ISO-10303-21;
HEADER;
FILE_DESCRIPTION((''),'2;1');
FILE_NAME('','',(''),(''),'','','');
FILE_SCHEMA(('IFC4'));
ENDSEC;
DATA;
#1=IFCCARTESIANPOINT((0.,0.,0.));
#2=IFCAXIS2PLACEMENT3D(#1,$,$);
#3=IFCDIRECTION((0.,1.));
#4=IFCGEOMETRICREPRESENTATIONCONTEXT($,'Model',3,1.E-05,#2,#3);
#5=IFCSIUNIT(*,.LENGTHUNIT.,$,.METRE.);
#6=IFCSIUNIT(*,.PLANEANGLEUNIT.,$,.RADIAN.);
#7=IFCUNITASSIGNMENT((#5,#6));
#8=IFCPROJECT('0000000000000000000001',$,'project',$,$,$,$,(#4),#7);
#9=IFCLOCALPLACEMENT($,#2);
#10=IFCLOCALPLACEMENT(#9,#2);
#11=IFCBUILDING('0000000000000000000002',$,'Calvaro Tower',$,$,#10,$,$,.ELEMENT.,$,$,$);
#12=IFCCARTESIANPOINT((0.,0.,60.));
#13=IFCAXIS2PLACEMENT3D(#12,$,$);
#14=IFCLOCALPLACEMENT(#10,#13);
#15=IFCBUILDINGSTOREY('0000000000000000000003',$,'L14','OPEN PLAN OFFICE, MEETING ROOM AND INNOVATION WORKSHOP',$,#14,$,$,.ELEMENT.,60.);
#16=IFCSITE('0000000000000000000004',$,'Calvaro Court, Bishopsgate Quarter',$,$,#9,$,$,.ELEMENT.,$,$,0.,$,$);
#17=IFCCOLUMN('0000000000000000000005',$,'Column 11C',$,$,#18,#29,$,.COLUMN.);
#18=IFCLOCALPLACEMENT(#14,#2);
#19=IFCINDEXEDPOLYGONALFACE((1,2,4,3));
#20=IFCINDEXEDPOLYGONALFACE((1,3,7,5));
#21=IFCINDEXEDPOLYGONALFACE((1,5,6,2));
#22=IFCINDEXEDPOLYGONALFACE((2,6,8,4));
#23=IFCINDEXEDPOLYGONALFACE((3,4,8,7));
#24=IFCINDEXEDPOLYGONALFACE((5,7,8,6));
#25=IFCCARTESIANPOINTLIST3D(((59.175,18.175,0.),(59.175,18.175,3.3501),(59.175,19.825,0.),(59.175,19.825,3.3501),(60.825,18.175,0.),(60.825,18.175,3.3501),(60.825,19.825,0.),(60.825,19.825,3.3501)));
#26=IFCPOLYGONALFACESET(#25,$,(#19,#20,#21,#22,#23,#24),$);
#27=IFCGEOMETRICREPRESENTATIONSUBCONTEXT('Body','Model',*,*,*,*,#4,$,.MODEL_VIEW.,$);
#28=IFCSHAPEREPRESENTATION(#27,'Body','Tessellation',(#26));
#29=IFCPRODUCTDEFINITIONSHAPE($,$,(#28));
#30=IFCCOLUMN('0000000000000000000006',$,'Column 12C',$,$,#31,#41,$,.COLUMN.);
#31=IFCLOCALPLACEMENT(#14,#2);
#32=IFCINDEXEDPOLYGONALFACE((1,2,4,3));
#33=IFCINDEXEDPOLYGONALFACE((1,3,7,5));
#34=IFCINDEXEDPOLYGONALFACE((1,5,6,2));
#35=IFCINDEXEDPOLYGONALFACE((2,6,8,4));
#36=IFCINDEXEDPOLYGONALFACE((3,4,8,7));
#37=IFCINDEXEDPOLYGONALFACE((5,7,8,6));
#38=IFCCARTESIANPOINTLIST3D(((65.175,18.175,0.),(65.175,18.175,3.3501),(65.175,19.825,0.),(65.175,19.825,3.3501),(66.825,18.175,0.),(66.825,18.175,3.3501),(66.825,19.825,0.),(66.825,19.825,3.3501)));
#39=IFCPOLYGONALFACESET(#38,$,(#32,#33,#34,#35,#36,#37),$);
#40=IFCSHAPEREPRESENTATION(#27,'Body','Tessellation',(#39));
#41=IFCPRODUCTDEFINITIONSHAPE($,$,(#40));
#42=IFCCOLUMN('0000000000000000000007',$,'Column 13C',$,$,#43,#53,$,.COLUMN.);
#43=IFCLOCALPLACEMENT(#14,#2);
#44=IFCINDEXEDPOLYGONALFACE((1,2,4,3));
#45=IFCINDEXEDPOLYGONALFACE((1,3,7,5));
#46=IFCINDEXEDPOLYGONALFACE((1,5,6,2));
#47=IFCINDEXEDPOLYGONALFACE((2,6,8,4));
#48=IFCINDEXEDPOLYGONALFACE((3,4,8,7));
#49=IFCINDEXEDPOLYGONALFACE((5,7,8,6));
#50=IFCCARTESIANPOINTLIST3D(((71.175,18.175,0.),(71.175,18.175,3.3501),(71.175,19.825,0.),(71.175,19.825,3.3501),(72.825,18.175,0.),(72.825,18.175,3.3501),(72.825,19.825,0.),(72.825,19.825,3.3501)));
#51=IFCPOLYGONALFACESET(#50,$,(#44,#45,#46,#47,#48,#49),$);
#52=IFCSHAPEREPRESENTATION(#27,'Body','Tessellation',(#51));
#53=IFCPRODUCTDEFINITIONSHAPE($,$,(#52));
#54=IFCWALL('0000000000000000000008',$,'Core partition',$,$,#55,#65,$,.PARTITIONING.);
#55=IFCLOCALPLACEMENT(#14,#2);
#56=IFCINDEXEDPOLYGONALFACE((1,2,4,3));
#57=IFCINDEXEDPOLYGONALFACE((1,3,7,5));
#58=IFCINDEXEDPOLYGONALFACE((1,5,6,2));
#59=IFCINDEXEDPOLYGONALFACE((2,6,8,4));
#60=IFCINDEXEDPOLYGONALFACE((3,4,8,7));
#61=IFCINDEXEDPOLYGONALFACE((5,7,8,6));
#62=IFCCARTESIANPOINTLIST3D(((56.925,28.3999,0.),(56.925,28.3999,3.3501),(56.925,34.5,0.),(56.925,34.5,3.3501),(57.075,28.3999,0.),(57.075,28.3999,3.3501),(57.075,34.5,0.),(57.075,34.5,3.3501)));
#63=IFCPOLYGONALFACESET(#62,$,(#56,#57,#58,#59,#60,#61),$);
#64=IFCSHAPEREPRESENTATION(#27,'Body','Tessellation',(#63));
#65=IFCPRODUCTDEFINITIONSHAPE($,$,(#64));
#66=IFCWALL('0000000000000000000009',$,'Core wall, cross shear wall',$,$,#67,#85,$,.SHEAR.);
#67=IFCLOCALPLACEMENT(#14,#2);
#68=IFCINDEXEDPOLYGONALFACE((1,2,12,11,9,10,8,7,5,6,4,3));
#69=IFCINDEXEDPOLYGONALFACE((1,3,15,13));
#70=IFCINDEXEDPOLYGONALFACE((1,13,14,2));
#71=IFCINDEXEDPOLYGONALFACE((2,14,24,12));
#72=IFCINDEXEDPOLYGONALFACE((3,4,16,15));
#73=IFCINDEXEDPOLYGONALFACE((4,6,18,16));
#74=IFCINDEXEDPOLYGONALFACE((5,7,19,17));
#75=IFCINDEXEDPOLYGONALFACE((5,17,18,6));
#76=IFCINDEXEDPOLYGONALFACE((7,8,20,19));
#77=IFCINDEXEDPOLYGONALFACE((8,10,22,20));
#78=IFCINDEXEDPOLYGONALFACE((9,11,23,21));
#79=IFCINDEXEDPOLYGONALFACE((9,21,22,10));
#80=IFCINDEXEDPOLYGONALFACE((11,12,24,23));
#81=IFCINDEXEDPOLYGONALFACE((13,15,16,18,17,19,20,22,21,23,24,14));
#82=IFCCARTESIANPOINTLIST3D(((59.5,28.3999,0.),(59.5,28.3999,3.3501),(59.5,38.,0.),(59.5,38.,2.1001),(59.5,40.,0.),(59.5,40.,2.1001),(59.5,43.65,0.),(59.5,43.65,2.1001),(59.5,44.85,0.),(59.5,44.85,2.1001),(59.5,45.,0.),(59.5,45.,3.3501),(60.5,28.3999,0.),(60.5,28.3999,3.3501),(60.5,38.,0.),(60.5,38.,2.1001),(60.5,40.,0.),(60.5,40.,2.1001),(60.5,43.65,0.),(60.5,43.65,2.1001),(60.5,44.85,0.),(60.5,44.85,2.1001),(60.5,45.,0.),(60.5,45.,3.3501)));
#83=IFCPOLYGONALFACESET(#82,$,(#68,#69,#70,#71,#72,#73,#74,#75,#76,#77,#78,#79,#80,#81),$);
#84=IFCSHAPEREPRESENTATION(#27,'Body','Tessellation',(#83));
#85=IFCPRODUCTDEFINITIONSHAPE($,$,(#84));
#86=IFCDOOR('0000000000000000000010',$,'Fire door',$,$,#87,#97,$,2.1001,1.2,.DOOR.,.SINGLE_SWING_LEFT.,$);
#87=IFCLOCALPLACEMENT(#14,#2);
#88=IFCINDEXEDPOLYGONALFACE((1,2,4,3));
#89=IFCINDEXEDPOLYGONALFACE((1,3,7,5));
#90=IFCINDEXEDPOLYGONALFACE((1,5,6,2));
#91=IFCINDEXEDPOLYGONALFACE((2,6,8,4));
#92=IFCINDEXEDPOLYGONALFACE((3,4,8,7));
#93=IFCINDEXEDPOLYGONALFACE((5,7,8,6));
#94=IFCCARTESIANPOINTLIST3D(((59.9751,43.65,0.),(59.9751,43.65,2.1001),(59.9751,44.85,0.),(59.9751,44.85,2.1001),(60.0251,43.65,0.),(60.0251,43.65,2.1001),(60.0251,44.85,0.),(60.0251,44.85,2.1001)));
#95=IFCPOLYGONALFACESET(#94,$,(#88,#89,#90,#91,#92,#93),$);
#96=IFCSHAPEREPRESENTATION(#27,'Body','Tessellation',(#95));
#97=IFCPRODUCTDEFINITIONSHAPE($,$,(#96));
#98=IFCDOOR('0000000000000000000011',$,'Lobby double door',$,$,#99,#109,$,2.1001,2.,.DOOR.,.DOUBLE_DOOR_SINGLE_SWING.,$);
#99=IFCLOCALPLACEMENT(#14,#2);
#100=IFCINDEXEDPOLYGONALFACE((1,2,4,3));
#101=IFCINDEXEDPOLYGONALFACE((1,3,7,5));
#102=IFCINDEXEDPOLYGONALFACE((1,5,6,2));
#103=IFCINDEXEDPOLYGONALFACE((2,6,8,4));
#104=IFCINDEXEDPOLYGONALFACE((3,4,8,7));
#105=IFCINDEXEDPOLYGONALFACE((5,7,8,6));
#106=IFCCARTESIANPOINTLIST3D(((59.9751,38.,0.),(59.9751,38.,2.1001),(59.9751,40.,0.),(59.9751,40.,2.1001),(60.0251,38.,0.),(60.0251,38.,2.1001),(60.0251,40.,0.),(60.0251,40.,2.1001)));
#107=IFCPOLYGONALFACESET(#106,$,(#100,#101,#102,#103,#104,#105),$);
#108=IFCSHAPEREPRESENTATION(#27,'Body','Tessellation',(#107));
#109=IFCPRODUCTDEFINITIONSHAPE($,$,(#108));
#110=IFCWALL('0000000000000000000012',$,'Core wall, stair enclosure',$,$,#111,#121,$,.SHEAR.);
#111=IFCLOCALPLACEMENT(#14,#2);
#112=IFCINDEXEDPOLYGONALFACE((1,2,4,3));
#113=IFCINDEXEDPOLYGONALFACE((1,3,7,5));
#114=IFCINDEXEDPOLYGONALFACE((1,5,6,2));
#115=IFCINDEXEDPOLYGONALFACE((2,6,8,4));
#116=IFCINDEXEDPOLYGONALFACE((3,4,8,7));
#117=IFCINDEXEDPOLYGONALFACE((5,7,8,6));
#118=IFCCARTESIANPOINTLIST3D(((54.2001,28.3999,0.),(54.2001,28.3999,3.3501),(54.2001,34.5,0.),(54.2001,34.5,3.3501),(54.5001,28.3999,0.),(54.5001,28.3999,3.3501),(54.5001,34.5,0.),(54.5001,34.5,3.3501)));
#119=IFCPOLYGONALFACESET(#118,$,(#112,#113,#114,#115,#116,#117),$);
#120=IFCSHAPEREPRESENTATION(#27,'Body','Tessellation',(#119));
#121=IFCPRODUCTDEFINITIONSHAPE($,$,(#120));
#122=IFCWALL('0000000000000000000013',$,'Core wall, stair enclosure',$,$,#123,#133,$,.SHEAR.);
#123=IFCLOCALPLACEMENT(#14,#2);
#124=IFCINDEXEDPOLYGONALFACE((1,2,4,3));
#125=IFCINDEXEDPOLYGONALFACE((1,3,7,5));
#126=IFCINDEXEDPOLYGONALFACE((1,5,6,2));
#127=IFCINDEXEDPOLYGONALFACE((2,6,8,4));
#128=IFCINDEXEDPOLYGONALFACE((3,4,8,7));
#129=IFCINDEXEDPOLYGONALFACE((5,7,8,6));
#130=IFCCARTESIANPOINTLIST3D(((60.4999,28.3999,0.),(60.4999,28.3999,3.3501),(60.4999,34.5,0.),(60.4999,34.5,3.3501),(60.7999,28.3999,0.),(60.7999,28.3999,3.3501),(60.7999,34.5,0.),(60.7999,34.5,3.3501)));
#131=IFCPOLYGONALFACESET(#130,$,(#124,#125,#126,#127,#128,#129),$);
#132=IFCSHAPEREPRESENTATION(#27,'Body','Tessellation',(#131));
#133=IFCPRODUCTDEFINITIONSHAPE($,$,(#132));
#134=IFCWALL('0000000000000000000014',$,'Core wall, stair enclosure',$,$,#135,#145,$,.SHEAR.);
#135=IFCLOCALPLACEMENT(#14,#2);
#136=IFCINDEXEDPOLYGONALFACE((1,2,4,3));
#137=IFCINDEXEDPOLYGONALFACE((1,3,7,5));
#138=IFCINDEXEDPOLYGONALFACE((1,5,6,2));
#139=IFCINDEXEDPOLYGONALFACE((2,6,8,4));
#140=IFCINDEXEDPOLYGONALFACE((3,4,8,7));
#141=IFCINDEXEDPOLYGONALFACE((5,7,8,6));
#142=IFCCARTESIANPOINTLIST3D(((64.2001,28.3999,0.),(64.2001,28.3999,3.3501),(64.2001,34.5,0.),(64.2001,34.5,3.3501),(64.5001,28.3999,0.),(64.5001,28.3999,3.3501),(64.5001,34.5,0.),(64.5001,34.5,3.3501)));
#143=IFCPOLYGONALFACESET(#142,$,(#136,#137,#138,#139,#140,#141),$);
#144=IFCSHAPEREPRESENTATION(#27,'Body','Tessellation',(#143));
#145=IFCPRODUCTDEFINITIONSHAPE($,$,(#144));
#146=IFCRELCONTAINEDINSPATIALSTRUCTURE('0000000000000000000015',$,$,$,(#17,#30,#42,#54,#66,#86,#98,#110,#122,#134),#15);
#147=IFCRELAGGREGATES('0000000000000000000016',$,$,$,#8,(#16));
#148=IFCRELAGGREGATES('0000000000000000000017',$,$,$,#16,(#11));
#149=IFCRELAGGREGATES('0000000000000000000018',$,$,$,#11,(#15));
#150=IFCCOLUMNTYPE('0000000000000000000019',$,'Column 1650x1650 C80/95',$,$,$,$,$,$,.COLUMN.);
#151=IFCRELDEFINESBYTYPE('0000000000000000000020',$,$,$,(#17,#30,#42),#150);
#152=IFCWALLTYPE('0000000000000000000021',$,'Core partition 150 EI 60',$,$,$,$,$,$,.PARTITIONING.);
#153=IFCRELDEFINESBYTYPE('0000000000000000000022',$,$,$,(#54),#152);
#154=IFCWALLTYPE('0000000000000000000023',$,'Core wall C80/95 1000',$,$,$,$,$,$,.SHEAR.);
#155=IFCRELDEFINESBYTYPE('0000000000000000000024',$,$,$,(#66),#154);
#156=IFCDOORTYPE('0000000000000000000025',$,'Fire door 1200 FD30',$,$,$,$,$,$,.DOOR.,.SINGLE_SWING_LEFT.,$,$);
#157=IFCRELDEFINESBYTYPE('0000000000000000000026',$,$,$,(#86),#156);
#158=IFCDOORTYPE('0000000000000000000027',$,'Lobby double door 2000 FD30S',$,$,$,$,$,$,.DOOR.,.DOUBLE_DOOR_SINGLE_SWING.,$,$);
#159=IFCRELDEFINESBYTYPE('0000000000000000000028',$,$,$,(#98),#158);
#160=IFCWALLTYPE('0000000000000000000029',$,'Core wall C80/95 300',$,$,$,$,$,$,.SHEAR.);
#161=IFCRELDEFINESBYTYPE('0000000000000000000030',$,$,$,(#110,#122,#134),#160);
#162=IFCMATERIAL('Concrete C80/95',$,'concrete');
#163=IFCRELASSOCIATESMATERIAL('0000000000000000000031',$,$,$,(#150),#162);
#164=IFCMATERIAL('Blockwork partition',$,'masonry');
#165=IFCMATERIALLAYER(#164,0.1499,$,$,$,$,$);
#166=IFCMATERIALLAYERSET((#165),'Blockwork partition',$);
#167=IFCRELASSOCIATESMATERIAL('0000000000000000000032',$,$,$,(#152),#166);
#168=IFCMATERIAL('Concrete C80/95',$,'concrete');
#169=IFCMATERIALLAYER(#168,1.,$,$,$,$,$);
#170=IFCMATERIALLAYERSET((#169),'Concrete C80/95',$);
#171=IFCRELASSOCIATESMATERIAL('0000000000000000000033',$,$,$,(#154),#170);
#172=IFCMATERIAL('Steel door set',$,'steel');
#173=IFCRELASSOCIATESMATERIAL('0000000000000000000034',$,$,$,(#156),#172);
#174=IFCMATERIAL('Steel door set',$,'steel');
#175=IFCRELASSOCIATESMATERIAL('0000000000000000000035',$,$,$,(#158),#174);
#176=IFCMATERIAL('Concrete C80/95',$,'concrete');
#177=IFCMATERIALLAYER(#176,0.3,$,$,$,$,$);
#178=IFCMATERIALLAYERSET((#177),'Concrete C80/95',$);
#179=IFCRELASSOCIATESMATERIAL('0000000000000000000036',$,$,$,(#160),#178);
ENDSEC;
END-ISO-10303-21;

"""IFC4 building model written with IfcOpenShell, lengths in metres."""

from ifc_helpers import new_model, si_unit, direction, frame, frame_2d, origin, origin_2d, place, context, subcontext, project, spatial, rectangle, extrude, material, layer, layer_set, material_profile, profile_set, type_object, element, fill, save


model = new_model("IFC4")

# Units and contexts
model_context = context("Model", 3, precision=1e-05, world=origin(), true_north=direction((0.0, 1.0)))
body_context = subcontext(model_context, "Body", "Model", "MODEL_VIEW")
ifc_project = project(units=[si_unit("LENGTHUNIT", "METRE"), si_unit("PLANEANGLEUNIT", "RADIAN")], contexts=[model_context])

# Site, building, storey
site_placement = place(None, origin())
site = spatial("IfcSite", under=ifc_project, at=site_placement, Name="Calvaro Court, Bishopsgate Quarter", CompositionType="ELEMENT", RefElevation=0.0)
building_placement = place(site_placement, origin())
building = spatial("IfcBuilding", under=site, at=building_placement, Name="Calvaro Tower", CompositionType="ELEMENT")
storey_placement = place(building_placement, frame((0.0, 0.0, 60.0)))
storey = spatial("IfcBuildingStorey", under=building, at=storey_placement, Name="L14", Description="OPEN PLAN OFFICE, MEETING ROOM AND INNOVATION WORKSHOP", CompositionType="ELEMENT", Elevation=60.0)

# Columns
ifc_material_1 = material(Name="Concrete C80/95", Category="concrete")
ifc_material_profile = material_profile(ifc_material_1, rectangle(XDim=1.6499, YDim=1.6499, at=origin_2d()), Name="RC 1650x1650")
ifc_profile_set = profile_set([ifc_material_profile], Name="Concrete C80/95")
column_type = type_object("IfcColumnType", Name="Column 1650x1650 C80/95", PredefinedType="COLUMN", material=ifc_profile_set)
for number, where, z_axis, x_axis, name in (
    (1, (60.0, 19.0, 0.0), (0.0, 0.0, 1.0), (1.0, 0.0, 0.0), "Column 11C"),
    (2, (66.0, 19.0, 0.0), (0.0, 0.0, 1.0), (1.0, 0.0, 0.0), "Column 12C"),
    (3, (72.0, 19.0, 0.0), (0.0, 0.0, 1.0), (1.0, 0.0, 0.0), "Column 13C"),
):
    element("IfcColumn", number, at=place(storey_placement, frame(where, z_axis=z_axis, x_axis=x_axis)), inside=storey, type_object=column_type, Name=name, PredefinedType="COLUMN", context=body_context, shape_type="SweptSolid", body=[
        extrude(rectangle(XDim=1.6499, YDim=1.6499, at=origin_2d()), origin(), (0.0, 0.0, 1.0), 3.3501),
    ])

# Wall
ifc_material_2 = material(Name="Blockwork partition", Category="masonry")
ifc_layer_1 = layer(ifc_material_2, 0.1499)
ifc_layer_set_1 = layer_set([ifc_layer_1], Name="Blockwork partition")
wall_type_1 = type_object("IfcWallType", Name="Core partition 150 EI 60", PredefinedType="PARTITIONING", material=ifc_layer_set_1)
wall_1_placement = place(storey_placement, frame((57.0, 28.3999, 0.0), z_axis=(0.0, 0.0, 1.0), x_axis=(0.0, 1.0, 0.0)))
element("IfcWall", 4, at=wall_1_placement, inside=storey, type_object=wall_type_1, Name="Core partition", PredefinedType="PARTITIONING", context=body_context, shape_type="SweptSolid", body=[
    extrude(rectangle(XDim=6.1001, YDim=0.1499, at=frame_2d((3.05, 0.0))), origin(), (0.0, 0.0, 1.0), 3.3501),
])

# Wall, openings, doors
ifc_material_3 = material(Name="Concrete C80/95", Category="concrete")
ifc_layer_2 = layer(ifc_material_3, 1.0)
ifc_layer_set_2 = layer_set([ifc_layer_2], Name="Concrete C80/95")
wall_type_2 = type_object("IfcWallType", Name="Core wall C80/95 1000", PredefinedType="SHEAR", material=ifc_layer_set_2)
wall_2_placement = place(storey_placement, frame((60.0, 28.3999, 0.0), z_axis=(0.0, 0.0, 1.0), x_axis=(0.0, 1.0, 0.0)))
wall_2 = element("IfcWall", 5, at=wall_2_placement, inside=storey, type_object=wall_type_2, Name="Core wall, cross shear wall", PredefinedType="SHEAR", context=body_context, shape_type="SweptSolid", body=[
    extrude(rectangle(XDim=16.6001, YDim=1.0, at=frame_2d((8.3, 0.0))), origin(), (0.0, 0.0, 1.0), 3.3501),
])
opening_1_placement = place(wall_2_placement, frame((9.6001, 0.0, 0.0)))
opening_1 = element("IfcOpeningElement", 6, at=opening_1_placement, cuts=wall_2, PredefinedType="OPENING", context=body_context, shape_type="SweptSolid", body=[
    extrude(rectangle(XDim=2.0, YDim=2.1001, at=frame_2d((1.0, 1.05))), frame((0.0, 0.51, 0.0), z_axis=(0.0, -1.0, 0.0), x_axis=(1.0, 0.0, 0.0)), (0.0, 0.0, 1.0), 1.02),
])
opening_2_placement = place(wall_2_placement, frame((15.25, 0.0, 0.0)))
opening_2 = element("IfcOpeningElement", 7, at=opening_2_placement, cuts=wall_2, PredefinedType="OPENING", context=body_context, shape_type="SweptSolid", body=[
    extrude(rectangle(XDim=1.2, YDim=2.1001, at=frame_2d((0.6001, 1.05))), frame((0.0, 0.51, 0.0), z_axis=(0.0, -1.0, 0.0), x_axis=(1.0, 0.0, 0.0)), (0.0, 0.0, 1.0), 1.02),
])
ifc_material_4 = material(Name="Steel door set", Category="steel")
door_type_1 = type_object("IfcDoorType", Name="Fire door 1200 FD30", OperationType="SINGLE_SWING_LEFT", PredefinedType="DOOR", material=ifc_material_4)
door_1_placement = place(opening_2_placement, origin())
door_1 = element("IfcDoor", 8, at=door_1_placement, inside=storey, type_object=door_type_1, Name="Fire door", OperationType="SINGLE_SWING_LEFT", OverallHeight=2.1001, OverallWidth=1.2, PredefinedType="DOOR", context=body_context, shape_type="SweptSolid", body=[
    extrude(rectangle(XDim=1.2, YDim=2.1001, at=frame_2d((0.6001, 1.05))), frame((0.0, 0.0249, 0.0), z_axis=(0.0, -1.0, 0.0), x_axis=(1.0, 0.0, 0.0)), (0.0, 0.0, 1.0), 0.05),
])
fill(opening_2, door_1)
ifc_material_5 = material(Name="Steel door set", Category="steel")
door_type_2 = type_object("IfcDoorType", Name="Lobby double door 2000 FD30S", OperationType="DOUBLE_DOOR_SINGLE_SWING", PredefinedType="DOOR", material=ifc_material_5)
door_2_placement = place(opening_1_placement, origin())
door_2 = element("IfcDoor", 9, at=door_2_placement, inside=storey, type_object=door_type_2, Name="Lobby double door", OperationType="DOUBLE_DOOR_SINGLE_SWING", OverallHeight=2.1001, OverallWidth=2.0, PredefinedType="DOOR", context=body_context, shape_type="SweptSolid", body=[
    extrude(rectangle(XDim=2.0, YDim=2.1001, at=frame_2d((1.0, 1.05))), frame((0.0, 0.0249, 0.0), z_axis=(0.0, -1.0, 0.0), x_axis=(1.0, 0.0, 0.0)), (0.0, 0.0, 1.0), 0.05),
])
fill(opening_1, door_2)

# Walls
ifc_material_6 = material(Name="Concrete C80/95", Category="concrete")
ifc_layer_3 = layer(ifc_material_6, 0.3)
ifc_layer_set_3 = layer_set([ifc_layer_3], Name="Concrete C80/95")
wall_type_3 = type_object("IfcWallType", Name="Core wall C80/95 300", PredefinedType="SHEAR", material=ifc_layer_set_3)
for number, where, z_axis, x_axis, name in (
    (10, (54.3501, 28.3999, 0.0), (0.0, 0.0, 1.0), (0.0, 1.0, 0.0), "Core wall, stair enclosure"),
    (11, (60.6499, 28.3999, 0.0), (0.0, 0.0, 1.0), (0.0, 1.0, 0.0), "Core wall, stair enclosure"),
    (12, (64.3501, 28.3999, 0.0), (0.0, 0.0, 1.0), (0.0, 1.0, 0.0), "Core wall, stair enclosure"),
):
    element("IfcWall", number, at=place(storey_placement, frame(where, z_axis=z_axis, x_axis=x_axis)), inside=storey, type_object=wall_type_3, Name=name, PredefinedType="SHEAR", context=body_context, shape_type="SweptSolid", body=[
        extrude(rectangle(XDim=6.1001, YDim=0.3, at=frame_2d((3.05, 0.0))), origin(), (0.0, 0.0, 1.0), 3.3501),
    ])

save(model, "model.ifc")
